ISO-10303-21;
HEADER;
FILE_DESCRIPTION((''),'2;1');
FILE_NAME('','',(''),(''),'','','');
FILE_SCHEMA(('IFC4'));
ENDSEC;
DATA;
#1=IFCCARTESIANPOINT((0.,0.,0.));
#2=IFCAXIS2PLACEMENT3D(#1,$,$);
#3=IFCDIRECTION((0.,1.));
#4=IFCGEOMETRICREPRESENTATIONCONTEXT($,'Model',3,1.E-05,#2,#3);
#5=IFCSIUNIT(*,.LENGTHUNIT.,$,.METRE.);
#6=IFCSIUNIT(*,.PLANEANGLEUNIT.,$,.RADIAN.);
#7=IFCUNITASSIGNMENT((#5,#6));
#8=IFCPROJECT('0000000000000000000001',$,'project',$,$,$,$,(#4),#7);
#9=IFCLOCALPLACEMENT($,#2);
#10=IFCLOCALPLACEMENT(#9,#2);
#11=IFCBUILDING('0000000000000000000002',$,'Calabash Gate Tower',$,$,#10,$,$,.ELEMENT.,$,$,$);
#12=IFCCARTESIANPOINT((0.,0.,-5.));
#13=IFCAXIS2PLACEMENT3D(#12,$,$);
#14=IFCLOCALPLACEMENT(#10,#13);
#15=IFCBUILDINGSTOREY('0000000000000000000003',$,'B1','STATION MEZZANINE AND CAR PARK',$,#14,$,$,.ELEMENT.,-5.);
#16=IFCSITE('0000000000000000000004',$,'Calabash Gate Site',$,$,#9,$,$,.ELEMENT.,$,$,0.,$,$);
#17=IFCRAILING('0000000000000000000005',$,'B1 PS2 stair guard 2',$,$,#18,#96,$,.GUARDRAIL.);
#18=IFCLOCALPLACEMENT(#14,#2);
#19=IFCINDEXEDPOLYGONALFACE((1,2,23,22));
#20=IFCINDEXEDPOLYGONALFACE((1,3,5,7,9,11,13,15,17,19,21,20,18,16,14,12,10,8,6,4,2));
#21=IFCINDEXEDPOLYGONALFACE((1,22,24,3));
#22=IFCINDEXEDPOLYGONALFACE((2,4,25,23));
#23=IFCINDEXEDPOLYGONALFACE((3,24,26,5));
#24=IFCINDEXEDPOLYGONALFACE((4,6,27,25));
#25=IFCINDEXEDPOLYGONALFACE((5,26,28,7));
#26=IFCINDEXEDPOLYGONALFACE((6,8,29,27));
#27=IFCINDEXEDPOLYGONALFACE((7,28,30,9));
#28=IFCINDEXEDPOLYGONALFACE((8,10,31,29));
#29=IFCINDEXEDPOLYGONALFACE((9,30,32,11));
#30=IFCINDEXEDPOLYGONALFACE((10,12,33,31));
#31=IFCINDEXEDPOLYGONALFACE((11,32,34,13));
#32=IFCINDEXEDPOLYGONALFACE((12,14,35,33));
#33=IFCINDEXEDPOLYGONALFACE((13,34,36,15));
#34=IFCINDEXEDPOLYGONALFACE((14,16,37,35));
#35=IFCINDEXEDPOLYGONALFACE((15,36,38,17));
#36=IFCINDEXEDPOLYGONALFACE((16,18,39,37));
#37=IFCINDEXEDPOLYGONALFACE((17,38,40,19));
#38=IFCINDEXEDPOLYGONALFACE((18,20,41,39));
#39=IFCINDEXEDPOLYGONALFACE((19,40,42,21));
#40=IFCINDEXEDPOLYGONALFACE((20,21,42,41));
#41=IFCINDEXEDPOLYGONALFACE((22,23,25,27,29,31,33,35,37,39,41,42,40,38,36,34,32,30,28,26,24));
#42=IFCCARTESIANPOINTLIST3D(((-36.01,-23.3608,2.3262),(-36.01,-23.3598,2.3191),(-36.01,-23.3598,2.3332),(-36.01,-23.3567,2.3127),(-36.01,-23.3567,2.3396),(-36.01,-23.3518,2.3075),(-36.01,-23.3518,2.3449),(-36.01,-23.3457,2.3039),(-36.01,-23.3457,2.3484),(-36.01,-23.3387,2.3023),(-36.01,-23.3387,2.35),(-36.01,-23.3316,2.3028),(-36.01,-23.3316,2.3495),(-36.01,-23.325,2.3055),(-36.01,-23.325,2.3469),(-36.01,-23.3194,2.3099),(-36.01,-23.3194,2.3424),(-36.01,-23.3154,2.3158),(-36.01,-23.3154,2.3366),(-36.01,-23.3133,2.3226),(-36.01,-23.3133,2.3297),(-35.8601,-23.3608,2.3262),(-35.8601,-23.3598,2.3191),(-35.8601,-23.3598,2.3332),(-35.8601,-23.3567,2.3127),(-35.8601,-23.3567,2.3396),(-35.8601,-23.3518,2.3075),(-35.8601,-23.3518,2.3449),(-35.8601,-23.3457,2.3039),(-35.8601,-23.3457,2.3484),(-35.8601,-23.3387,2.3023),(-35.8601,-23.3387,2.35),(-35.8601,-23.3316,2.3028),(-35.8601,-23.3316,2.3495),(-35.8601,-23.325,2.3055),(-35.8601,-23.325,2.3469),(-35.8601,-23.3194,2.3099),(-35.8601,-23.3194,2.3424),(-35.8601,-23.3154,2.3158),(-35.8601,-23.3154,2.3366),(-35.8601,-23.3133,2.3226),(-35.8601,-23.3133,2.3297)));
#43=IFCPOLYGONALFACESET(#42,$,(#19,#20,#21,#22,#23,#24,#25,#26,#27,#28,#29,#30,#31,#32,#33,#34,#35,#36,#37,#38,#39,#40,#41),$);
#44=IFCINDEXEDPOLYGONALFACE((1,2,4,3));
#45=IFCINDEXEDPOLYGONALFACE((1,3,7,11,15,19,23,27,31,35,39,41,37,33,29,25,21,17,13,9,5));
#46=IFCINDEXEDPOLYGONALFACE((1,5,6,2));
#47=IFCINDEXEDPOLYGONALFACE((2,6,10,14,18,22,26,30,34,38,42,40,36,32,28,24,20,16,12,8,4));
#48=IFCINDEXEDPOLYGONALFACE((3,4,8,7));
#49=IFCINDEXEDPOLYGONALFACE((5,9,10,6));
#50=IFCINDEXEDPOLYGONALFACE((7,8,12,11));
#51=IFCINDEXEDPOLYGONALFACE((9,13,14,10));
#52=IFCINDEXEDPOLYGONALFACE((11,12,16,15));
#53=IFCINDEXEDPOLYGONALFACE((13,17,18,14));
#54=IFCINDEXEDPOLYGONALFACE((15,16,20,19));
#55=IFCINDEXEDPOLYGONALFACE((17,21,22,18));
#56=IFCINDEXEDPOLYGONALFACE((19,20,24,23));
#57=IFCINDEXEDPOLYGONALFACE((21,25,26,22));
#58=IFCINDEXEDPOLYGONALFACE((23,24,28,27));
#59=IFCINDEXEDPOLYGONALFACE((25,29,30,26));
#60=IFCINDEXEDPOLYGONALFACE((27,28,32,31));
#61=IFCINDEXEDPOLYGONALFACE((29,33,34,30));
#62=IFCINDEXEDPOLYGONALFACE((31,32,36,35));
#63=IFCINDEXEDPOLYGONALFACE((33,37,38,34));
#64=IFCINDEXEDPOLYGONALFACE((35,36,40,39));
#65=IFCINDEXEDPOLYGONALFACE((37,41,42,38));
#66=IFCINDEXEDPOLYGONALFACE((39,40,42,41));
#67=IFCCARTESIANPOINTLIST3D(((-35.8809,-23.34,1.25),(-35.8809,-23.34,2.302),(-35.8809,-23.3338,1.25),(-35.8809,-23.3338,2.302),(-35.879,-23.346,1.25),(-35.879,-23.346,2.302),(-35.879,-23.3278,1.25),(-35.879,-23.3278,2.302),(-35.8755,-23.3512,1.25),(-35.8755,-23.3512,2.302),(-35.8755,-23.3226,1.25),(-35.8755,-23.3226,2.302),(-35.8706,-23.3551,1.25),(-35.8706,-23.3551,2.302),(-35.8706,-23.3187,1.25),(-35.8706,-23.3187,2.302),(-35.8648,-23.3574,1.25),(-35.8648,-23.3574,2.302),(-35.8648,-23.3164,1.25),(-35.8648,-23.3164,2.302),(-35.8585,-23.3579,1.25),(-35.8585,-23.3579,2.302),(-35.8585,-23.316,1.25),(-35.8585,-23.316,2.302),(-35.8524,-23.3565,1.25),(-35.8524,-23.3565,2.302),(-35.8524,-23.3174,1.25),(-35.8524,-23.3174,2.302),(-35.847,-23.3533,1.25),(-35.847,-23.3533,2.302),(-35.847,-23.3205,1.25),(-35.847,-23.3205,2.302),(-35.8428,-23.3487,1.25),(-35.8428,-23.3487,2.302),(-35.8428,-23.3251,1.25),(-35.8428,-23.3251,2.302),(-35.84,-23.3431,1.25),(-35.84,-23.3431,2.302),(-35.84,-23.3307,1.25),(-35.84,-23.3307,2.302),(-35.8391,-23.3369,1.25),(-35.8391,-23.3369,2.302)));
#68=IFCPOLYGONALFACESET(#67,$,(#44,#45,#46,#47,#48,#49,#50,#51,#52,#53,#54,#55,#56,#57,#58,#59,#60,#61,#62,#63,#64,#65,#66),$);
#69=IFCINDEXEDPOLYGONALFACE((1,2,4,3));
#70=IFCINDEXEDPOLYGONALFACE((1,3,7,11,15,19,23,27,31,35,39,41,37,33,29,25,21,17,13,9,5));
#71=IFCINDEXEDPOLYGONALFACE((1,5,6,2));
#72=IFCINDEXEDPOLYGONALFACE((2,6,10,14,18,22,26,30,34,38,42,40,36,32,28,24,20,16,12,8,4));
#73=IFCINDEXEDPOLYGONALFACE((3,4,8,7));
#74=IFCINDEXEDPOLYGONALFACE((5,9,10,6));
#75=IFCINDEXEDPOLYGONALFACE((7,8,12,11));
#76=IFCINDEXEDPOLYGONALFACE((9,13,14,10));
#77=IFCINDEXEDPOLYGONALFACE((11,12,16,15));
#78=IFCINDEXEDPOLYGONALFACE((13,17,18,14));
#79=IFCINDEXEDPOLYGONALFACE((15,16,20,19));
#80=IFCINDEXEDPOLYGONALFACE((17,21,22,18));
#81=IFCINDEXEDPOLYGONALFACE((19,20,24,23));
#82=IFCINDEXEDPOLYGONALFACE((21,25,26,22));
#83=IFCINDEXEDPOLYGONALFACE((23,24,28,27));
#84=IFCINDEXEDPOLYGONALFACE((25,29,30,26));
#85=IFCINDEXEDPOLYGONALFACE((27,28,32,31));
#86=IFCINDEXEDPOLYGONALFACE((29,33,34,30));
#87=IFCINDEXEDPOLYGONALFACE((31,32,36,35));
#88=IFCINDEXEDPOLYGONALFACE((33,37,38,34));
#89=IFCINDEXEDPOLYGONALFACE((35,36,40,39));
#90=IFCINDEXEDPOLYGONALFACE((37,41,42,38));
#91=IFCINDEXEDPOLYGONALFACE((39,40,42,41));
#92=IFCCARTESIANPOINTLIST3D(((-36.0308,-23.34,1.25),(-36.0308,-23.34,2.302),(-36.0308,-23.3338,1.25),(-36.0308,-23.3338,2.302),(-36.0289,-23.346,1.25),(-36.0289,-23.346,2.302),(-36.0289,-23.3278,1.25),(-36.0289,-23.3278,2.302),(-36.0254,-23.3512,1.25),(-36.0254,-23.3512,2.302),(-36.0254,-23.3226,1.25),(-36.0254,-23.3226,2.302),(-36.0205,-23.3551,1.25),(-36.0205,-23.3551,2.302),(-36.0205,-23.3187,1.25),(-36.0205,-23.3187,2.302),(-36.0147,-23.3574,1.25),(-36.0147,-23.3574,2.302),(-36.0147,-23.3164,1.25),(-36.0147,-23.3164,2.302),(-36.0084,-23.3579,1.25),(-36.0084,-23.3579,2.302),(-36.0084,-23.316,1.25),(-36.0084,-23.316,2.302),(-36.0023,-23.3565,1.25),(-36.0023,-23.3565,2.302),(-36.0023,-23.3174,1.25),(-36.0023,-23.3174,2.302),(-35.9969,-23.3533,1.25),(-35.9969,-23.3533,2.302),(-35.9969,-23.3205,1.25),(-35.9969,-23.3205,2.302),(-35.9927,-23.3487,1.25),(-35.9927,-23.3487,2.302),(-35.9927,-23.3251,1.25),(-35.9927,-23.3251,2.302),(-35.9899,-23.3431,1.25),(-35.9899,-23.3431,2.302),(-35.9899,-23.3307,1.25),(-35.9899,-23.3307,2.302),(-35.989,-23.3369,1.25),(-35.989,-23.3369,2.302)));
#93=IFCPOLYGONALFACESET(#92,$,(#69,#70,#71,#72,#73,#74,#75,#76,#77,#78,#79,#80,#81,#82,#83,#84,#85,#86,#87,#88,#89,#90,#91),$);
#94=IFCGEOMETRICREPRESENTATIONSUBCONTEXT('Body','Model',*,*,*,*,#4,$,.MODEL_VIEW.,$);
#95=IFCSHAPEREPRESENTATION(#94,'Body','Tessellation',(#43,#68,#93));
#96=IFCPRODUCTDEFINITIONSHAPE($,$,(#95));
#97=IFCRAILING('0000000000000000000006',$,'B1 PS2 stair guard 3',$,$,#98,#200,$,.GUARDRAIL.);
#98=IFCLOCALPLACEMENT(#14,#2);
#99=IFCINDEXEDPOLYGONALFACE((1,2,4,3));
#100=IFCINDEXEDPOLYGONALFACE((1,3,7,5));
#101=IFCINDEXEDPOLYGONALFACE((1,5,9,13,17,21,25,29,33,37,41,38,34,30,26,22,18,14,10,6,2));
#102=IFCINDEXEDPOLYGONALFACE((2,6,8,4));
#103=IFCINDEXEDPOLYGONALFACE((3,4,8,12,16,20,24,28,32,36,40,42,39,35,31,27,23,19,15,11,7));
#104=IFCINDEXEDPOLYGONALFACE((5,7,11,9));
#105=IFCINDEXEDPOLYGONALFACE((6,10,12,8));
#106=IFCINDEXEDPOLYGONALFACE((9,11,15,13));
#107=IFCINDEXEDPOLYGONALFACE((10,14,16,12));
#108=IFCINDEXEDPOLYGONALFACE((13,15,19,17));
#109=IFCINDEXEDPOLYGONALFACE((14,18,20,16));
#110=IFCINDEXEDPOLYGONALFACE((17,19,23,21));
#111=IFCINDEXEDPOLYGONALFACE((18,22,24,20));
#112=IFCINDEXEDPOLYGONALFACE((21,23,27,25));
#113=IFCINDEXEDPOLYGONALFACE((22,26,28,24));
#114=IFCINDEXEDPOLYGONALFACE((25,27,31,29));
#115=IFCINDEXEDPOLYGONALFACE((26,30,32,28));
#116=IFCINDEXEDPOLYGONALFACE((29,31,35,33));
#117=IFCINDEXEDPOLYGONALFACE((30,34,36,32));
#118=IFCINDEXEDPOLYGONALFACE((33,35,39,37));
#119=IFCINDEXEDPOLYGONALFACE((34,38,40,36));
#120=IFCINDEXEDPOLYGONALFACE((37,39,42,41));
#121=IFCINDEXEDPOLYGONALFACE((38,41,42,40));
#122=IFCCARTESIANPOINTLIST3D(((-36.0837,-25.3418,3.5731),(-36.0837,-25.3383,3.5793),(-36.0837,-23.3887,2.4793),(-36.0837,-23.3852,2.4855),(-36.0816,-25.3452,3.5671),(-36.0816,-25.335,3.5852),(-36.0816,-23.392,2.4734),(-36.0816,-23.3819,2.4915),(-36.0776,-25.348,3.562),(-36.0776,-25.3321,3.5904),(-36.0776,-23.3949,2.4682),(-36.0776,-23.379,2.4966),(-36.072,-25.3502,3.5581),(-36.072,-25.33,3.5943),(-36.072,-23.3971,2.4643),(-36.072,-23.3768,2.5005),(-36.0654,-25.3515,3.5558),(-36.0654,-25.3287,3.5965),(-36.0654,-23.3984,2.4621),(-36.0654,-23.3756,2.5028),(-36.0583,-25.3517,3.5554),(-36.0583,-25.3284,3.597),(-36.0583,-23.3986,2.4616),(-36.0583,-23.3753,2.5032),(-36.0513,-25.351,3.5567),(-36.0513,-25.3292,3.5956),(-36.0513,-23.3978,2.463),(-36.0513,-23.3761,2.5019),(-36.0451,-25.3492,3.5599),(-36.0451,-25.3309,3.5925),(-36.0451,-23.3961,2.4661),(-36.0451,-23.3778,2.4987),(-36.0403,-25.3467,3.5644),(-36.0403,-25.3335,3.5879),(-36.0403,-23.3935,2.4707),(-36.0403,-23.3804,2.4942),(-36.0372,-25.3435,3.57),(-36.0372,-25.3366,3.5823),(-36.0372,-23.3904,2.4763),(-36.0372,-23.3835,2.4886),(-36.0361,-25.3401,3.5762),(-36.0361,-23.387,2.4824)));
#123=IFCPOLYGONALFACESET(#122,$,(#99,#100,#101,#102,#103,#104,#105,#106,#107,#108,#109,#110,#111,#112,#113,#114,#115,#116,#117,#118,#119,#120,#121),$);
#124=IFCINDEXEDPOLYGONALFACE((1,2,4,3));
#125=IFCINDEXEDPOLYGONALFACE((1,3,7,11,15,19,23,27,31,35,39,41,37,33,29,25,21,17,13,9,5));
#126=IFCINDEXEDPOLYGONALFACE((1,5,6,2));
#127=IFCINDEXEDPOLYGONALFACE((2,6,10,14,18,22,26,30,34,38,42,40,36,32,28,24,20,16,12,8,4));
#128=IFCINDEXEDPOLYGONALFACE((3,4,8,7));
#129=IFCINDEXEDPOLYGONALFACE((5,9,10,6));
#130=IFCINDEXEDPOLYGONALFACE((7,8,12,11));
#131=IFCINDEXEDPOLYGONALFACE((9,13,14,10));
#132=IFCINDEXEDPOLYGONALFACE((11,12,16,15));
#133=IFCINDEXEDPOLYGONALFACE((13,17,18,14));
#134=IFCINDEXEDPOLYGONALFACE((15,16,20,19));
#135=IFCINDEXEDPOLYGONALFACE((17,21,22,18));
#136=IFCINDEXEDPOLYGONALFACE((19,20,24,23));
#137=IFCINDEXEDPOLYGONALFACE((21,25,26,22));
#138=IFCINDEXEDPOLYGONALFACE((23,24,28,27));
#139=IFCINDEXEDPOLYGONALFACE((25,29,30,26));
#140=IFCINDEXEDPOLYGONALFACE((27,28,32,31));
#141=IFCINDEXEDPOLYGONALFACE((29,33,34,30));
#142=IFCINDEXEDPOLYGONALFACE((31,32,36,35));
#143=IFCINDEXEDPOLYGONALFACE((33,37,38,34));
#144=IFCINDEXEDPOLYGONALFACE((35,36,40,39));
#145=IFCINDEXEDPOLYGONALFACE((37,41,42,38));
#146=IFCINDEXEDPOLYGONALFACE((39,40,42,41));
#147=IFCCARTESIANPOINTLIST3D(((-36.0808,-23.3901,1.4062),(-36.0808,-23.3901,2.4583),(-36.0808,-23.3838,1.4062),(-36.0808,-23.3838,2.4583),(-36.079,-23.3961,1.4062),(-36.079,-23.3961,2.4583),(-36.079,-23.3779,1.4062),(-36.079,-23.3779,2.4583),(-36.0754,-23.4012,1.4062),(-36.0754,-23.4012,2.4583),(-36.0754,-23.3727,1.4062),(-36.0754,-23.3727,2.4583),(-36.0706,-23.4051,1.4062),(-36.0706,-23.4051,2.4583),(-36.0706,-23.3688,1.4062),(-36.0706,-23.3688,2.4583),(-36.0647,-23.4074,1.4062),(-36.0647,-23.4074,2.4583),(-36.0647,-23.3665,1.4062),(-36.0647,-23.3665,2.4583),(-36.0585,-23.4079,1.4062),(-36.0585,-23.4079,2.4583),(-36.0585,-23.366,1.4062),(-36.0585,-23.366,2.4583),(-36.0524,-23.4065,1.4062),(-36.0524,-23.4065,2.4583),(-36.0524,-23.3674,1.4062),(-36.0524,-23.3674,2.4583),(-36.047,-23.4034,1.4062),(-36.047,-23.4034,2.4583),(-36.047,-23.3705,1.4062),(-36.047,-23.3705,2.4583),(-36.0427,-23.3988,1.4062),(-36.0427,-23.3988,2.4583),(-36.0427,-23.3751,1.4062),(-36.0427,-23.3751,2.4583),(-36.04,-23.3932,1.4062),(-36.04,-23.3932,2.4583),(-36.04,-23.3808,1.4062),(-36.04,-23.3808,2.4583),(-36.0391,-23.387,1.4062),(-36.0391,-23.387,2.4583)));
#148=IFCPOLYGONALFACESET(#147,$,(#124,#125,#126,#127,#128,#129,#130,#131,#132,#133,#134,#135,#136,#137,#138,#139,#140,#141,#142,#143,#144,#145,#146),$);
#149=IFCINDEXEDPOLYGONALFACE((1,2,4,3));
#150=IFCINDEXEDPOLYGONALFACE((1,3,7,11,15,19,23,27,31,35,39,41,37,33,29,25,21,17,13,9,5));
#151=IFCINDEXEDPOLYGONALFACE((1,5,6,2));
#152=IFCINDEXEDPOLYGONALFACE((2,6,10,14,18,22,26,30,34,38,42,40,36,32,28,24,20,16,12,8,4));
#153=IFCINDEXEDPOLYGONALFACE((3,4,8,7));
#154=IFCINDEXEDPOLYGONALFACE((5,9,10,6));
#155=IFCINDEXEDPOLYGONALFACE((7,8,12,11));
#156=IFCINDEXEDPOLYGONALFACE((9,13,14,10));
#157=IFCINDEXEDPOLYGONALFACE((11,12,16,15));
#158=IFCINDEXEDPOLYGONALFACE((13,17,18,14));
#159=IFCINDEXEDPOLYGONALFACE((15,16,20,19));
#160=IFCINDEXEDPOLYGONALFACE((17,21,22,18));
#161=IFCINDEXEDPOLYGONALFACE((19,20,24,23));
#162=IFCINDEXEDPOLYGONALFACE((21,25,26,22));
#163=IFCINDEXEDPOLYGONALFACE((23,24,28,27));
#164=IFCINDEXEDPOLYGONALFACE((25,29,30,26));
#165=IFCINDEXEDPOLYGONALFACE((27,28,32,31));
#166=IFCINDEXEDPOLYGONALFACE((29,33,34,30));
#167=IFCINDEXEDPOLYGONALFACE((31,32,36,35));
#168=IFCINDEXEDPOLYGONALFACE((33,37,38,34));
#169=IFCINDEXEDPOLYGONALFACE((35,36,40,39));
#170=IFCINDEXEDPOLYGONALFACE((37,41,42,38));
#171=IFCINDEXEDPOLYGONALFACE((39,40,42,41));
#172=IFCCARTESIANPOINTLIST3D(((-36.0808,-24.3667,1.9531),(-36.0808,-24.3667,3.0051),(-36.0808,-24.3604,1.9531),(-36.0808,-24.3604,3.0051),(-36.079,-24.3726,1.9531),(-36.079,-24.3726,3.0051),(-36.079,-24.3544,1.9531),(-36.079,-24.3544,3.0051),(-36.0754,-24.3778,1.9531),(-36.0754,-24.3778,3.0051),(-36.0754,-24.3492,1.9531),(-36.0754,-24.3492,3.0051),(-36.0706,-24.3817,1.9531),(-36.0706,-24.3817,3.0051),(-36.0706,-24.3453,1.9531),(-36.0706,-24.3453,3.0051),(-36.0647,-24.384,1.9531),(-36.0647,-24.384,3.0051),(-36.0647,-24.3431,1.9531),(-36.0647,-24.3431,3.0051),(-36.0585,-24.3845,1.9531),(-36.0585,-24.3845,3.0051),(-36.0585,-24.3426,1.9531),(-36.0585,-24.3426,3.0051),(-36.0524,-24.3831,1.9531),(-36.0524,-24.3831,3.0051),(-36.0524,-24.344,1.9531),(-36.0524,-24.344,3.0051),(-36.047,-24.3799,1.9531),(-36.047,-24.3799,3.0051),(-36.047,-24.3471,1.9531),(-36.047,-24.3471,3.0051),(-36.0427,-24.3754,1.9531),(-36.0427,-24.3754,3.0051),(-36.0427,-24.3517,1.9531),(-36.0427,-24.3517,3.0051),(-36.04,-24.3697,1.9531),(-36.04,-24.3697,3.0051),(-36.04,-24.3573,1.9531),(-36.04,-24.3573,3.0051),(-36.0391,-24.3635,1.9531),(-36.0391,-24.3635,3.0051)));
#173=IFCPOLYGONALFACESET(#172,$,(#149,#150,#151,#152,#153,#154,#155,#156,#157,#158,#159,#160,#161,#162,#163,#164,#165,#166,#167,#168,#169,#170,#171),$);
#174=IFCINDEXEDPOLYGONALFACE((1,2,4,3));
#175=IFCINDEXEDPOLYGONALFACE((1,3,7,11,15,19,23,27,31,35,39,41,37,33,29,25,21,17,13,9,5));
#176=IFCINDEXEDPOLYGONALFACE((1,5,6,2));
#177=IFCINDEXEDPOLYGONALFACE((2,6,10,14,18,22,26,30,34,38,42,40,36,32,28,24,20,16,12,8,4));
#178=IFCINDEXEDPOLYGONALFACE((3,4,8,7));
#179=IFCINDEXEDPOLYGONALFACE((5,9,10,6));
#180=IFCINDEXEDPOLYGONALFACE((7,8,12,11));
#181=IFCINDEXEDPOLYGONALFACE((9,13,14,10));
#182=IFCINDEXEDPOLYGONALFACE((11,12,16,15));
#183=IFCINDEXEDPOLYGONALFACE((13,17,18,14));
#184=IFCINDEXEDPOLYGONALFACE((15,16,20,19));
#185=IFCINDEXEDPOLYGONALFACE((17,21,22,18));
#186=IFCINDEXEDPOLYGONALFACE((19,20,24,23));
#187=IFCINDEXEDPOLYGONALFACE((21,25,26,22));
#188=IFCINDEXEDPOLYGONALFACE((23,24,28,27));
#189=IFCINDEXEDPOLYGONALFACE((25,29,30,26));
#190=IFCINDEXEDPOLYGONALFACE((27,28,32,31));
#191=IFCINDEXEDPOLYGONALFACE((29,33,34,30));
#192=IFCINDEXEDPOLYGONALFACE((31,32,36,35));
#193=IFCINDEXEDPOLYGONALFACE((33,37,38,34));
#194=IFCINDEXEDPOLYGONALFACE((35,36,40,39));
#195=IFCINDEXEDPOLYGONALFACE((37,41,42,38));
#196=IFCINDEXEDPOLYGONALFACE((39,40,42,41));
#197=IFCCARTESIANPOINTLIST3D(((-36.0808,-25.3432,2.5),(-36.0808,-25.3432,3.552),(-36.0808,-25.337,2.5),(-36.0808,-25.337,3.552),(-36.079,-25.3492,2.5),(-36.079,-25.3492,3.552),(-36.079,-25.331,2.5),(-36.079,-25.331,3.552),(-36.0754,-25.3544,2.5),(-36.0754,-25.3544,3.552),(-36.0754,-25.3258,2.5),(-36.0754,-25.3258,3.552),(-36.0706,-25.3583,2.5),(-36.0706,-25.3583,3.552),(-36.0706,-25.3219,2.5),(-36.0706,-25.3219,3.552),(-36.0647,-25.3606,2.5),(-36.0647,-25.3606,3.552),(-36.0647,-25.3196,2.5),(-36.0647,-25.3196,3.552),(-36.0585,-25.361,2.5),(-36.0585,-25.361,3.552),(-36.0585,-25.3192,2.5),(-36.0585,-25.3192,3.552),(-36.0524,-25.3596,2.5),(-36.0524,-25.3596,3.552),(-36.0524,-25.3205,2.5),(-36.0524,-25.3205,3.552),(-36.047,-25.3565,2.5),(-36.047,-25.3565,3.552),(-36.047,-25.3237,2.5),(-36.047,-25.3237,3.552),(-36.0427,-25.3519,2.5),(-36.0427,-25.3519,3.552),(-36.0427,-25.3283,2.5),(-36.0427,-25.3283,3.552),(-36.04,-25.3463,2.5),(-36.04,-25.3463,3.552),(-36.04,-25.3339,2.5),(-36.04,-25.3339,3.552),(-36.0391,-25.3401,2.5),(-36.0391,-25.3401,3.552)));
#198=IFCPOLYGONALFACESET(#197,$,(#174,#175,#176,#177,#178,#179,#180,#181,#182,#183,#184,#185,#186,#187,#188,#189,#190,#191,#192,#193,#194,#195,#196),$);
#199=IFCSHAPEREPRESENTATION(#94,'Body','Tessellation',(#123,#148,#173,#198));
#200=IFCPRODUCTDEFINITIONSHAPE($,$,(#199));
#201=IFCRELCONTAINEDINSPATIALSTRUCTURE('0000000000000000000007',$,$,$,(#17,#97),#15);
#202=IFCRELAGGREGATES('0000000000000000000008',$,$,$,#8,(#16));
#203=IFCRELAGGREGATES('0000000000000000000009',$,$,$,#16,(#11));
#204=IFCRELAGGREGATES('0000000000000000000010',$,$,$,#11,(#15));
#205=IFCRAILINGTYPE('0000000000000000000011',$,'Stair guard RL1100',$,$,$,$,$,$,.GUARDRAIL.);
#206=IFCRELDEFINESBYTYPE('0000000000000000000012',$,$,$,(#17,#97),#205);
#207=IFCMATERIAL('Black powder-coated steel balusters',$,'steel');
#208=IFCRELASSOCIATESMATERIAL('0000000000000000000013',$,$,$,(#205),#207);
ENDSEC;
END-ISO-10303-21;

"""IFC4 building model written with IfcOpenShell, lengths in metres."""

from ifc_helpers import new_model, si_unit, direction, frame, origin, origin_2d, place, context, subcontext, project, spatial, circle, extrude, material, type_object, element, save


model = new_model("IFC4")

# Units and contexts
model_context = context("Model", 3, precision=1e-05, world=origin(), true_north=direction((0.0, 1.0)))
body_context = subcontext(model_context, "Body", "Model", "MODEL_VIEW")
ifc_project = project(units=[si_unit("LENGTHUNIT", "METRE"), si_unit("PLANEANGLEUNIT", "RADIAN")], contexts=[model_context])

# Site, building, storey
site_placement = place(None, origin())
site = spatial("IfcSite", under=ifc_project, at=site_placement, Name="Calabash Gate Site", CompositionType="ELEMENT", RefElevation=0.0)
building_placement = place(site_placement, origin())
building = spatial("IfcBuilding", under=site, at=building_placement, Name="Calabash Gate Tower", CompositionType="ELEMENT")
storey_placement = place(building_placement, frame((0.0, 0.0, -5.0)))
storey = spatial("IfcBuildingStorey", under=building, at=storey_placement, Name="B1", Description="STATION MEZZANINE AND CAR PARK", CompositionType="ELEMENT", Elevation=-5.0)

# Railings
ifc_material_1 = material(Name="Black powder-coated steel balusters", Category="steel")
railing_type_1 = type_object("IfcRailingType", Name="Stair guard RL1100", PredefinedType="GUARDRAIL", material=ifc_material_1)
railing_1_placement = place(storey_placement, frame((-35.8601, -23.3369, 1.25)))
element("IfcRailing", 1, at=railing_1_placement, inside=storey, type_object=railing_type_1, Name="B1 PS2 stair guard 2", PredefinedType="GUARDRAIL", context=body_context, shape_type="SweptSolid", body=[
    extrude(circle(Radius=0.0239, at=origin_2d()), frame((0.0, 0.0, 1.0762), z_axis=(-1.0, 0.0, 0.0), x_axis=(0.0, -1.0, 0.0)), (0.0, 0.0, 1.0), 0.1499),
    extrude(circle(Radius=0.021, at=origin_2d()), origin(), (0.0, 0.0, 1.0), 1.052),
    extrude(circle(Radius=0.021, at=origin_2d()), frame((-0.1499, 0.0, 0.0)), (0.0, 0.0, 1.0), 1.052),
])
railing_2_placement = place(storey_placement, frame((-36.0601, -23.387, 1.4062)))
element("IfcRailing", 2, at=railing_2_placement, inside=storey, type_object=railing_type_1, Name="B1 PS2 stair guard 3", PredefinedType="GUARDRAIL", context=body_context, shape_type="SweptSolid", body=[
    extrude(circle(Radius=0.0239, at=origin_2d()), frame((0.0, 0.0, 1.0762), z_axis=(0.0, -0.872506, 0.488603), x_axis=(1.0, 0.0, 0.0)), (0.0, 0.0, 1.0), 2.2385),
    extrude(circle(Radius=0.021, at=origin_2d()), origin(), (0.0, 0.0, 1.0), 1.052),
    extrude(circle(Radius=0.021, at=origin_2d()), frame((0.0, -0.9766, 0.5469)), (0.0, 0.0, 1.0), 1.052),
    extrude(circle(Radius=0.021, at=origin_2d()), frame((0.0, -1.9531, 1.0938)), (0.0, 0.0, 1.0), 1.052),
])

save(model, "model.ifc")
